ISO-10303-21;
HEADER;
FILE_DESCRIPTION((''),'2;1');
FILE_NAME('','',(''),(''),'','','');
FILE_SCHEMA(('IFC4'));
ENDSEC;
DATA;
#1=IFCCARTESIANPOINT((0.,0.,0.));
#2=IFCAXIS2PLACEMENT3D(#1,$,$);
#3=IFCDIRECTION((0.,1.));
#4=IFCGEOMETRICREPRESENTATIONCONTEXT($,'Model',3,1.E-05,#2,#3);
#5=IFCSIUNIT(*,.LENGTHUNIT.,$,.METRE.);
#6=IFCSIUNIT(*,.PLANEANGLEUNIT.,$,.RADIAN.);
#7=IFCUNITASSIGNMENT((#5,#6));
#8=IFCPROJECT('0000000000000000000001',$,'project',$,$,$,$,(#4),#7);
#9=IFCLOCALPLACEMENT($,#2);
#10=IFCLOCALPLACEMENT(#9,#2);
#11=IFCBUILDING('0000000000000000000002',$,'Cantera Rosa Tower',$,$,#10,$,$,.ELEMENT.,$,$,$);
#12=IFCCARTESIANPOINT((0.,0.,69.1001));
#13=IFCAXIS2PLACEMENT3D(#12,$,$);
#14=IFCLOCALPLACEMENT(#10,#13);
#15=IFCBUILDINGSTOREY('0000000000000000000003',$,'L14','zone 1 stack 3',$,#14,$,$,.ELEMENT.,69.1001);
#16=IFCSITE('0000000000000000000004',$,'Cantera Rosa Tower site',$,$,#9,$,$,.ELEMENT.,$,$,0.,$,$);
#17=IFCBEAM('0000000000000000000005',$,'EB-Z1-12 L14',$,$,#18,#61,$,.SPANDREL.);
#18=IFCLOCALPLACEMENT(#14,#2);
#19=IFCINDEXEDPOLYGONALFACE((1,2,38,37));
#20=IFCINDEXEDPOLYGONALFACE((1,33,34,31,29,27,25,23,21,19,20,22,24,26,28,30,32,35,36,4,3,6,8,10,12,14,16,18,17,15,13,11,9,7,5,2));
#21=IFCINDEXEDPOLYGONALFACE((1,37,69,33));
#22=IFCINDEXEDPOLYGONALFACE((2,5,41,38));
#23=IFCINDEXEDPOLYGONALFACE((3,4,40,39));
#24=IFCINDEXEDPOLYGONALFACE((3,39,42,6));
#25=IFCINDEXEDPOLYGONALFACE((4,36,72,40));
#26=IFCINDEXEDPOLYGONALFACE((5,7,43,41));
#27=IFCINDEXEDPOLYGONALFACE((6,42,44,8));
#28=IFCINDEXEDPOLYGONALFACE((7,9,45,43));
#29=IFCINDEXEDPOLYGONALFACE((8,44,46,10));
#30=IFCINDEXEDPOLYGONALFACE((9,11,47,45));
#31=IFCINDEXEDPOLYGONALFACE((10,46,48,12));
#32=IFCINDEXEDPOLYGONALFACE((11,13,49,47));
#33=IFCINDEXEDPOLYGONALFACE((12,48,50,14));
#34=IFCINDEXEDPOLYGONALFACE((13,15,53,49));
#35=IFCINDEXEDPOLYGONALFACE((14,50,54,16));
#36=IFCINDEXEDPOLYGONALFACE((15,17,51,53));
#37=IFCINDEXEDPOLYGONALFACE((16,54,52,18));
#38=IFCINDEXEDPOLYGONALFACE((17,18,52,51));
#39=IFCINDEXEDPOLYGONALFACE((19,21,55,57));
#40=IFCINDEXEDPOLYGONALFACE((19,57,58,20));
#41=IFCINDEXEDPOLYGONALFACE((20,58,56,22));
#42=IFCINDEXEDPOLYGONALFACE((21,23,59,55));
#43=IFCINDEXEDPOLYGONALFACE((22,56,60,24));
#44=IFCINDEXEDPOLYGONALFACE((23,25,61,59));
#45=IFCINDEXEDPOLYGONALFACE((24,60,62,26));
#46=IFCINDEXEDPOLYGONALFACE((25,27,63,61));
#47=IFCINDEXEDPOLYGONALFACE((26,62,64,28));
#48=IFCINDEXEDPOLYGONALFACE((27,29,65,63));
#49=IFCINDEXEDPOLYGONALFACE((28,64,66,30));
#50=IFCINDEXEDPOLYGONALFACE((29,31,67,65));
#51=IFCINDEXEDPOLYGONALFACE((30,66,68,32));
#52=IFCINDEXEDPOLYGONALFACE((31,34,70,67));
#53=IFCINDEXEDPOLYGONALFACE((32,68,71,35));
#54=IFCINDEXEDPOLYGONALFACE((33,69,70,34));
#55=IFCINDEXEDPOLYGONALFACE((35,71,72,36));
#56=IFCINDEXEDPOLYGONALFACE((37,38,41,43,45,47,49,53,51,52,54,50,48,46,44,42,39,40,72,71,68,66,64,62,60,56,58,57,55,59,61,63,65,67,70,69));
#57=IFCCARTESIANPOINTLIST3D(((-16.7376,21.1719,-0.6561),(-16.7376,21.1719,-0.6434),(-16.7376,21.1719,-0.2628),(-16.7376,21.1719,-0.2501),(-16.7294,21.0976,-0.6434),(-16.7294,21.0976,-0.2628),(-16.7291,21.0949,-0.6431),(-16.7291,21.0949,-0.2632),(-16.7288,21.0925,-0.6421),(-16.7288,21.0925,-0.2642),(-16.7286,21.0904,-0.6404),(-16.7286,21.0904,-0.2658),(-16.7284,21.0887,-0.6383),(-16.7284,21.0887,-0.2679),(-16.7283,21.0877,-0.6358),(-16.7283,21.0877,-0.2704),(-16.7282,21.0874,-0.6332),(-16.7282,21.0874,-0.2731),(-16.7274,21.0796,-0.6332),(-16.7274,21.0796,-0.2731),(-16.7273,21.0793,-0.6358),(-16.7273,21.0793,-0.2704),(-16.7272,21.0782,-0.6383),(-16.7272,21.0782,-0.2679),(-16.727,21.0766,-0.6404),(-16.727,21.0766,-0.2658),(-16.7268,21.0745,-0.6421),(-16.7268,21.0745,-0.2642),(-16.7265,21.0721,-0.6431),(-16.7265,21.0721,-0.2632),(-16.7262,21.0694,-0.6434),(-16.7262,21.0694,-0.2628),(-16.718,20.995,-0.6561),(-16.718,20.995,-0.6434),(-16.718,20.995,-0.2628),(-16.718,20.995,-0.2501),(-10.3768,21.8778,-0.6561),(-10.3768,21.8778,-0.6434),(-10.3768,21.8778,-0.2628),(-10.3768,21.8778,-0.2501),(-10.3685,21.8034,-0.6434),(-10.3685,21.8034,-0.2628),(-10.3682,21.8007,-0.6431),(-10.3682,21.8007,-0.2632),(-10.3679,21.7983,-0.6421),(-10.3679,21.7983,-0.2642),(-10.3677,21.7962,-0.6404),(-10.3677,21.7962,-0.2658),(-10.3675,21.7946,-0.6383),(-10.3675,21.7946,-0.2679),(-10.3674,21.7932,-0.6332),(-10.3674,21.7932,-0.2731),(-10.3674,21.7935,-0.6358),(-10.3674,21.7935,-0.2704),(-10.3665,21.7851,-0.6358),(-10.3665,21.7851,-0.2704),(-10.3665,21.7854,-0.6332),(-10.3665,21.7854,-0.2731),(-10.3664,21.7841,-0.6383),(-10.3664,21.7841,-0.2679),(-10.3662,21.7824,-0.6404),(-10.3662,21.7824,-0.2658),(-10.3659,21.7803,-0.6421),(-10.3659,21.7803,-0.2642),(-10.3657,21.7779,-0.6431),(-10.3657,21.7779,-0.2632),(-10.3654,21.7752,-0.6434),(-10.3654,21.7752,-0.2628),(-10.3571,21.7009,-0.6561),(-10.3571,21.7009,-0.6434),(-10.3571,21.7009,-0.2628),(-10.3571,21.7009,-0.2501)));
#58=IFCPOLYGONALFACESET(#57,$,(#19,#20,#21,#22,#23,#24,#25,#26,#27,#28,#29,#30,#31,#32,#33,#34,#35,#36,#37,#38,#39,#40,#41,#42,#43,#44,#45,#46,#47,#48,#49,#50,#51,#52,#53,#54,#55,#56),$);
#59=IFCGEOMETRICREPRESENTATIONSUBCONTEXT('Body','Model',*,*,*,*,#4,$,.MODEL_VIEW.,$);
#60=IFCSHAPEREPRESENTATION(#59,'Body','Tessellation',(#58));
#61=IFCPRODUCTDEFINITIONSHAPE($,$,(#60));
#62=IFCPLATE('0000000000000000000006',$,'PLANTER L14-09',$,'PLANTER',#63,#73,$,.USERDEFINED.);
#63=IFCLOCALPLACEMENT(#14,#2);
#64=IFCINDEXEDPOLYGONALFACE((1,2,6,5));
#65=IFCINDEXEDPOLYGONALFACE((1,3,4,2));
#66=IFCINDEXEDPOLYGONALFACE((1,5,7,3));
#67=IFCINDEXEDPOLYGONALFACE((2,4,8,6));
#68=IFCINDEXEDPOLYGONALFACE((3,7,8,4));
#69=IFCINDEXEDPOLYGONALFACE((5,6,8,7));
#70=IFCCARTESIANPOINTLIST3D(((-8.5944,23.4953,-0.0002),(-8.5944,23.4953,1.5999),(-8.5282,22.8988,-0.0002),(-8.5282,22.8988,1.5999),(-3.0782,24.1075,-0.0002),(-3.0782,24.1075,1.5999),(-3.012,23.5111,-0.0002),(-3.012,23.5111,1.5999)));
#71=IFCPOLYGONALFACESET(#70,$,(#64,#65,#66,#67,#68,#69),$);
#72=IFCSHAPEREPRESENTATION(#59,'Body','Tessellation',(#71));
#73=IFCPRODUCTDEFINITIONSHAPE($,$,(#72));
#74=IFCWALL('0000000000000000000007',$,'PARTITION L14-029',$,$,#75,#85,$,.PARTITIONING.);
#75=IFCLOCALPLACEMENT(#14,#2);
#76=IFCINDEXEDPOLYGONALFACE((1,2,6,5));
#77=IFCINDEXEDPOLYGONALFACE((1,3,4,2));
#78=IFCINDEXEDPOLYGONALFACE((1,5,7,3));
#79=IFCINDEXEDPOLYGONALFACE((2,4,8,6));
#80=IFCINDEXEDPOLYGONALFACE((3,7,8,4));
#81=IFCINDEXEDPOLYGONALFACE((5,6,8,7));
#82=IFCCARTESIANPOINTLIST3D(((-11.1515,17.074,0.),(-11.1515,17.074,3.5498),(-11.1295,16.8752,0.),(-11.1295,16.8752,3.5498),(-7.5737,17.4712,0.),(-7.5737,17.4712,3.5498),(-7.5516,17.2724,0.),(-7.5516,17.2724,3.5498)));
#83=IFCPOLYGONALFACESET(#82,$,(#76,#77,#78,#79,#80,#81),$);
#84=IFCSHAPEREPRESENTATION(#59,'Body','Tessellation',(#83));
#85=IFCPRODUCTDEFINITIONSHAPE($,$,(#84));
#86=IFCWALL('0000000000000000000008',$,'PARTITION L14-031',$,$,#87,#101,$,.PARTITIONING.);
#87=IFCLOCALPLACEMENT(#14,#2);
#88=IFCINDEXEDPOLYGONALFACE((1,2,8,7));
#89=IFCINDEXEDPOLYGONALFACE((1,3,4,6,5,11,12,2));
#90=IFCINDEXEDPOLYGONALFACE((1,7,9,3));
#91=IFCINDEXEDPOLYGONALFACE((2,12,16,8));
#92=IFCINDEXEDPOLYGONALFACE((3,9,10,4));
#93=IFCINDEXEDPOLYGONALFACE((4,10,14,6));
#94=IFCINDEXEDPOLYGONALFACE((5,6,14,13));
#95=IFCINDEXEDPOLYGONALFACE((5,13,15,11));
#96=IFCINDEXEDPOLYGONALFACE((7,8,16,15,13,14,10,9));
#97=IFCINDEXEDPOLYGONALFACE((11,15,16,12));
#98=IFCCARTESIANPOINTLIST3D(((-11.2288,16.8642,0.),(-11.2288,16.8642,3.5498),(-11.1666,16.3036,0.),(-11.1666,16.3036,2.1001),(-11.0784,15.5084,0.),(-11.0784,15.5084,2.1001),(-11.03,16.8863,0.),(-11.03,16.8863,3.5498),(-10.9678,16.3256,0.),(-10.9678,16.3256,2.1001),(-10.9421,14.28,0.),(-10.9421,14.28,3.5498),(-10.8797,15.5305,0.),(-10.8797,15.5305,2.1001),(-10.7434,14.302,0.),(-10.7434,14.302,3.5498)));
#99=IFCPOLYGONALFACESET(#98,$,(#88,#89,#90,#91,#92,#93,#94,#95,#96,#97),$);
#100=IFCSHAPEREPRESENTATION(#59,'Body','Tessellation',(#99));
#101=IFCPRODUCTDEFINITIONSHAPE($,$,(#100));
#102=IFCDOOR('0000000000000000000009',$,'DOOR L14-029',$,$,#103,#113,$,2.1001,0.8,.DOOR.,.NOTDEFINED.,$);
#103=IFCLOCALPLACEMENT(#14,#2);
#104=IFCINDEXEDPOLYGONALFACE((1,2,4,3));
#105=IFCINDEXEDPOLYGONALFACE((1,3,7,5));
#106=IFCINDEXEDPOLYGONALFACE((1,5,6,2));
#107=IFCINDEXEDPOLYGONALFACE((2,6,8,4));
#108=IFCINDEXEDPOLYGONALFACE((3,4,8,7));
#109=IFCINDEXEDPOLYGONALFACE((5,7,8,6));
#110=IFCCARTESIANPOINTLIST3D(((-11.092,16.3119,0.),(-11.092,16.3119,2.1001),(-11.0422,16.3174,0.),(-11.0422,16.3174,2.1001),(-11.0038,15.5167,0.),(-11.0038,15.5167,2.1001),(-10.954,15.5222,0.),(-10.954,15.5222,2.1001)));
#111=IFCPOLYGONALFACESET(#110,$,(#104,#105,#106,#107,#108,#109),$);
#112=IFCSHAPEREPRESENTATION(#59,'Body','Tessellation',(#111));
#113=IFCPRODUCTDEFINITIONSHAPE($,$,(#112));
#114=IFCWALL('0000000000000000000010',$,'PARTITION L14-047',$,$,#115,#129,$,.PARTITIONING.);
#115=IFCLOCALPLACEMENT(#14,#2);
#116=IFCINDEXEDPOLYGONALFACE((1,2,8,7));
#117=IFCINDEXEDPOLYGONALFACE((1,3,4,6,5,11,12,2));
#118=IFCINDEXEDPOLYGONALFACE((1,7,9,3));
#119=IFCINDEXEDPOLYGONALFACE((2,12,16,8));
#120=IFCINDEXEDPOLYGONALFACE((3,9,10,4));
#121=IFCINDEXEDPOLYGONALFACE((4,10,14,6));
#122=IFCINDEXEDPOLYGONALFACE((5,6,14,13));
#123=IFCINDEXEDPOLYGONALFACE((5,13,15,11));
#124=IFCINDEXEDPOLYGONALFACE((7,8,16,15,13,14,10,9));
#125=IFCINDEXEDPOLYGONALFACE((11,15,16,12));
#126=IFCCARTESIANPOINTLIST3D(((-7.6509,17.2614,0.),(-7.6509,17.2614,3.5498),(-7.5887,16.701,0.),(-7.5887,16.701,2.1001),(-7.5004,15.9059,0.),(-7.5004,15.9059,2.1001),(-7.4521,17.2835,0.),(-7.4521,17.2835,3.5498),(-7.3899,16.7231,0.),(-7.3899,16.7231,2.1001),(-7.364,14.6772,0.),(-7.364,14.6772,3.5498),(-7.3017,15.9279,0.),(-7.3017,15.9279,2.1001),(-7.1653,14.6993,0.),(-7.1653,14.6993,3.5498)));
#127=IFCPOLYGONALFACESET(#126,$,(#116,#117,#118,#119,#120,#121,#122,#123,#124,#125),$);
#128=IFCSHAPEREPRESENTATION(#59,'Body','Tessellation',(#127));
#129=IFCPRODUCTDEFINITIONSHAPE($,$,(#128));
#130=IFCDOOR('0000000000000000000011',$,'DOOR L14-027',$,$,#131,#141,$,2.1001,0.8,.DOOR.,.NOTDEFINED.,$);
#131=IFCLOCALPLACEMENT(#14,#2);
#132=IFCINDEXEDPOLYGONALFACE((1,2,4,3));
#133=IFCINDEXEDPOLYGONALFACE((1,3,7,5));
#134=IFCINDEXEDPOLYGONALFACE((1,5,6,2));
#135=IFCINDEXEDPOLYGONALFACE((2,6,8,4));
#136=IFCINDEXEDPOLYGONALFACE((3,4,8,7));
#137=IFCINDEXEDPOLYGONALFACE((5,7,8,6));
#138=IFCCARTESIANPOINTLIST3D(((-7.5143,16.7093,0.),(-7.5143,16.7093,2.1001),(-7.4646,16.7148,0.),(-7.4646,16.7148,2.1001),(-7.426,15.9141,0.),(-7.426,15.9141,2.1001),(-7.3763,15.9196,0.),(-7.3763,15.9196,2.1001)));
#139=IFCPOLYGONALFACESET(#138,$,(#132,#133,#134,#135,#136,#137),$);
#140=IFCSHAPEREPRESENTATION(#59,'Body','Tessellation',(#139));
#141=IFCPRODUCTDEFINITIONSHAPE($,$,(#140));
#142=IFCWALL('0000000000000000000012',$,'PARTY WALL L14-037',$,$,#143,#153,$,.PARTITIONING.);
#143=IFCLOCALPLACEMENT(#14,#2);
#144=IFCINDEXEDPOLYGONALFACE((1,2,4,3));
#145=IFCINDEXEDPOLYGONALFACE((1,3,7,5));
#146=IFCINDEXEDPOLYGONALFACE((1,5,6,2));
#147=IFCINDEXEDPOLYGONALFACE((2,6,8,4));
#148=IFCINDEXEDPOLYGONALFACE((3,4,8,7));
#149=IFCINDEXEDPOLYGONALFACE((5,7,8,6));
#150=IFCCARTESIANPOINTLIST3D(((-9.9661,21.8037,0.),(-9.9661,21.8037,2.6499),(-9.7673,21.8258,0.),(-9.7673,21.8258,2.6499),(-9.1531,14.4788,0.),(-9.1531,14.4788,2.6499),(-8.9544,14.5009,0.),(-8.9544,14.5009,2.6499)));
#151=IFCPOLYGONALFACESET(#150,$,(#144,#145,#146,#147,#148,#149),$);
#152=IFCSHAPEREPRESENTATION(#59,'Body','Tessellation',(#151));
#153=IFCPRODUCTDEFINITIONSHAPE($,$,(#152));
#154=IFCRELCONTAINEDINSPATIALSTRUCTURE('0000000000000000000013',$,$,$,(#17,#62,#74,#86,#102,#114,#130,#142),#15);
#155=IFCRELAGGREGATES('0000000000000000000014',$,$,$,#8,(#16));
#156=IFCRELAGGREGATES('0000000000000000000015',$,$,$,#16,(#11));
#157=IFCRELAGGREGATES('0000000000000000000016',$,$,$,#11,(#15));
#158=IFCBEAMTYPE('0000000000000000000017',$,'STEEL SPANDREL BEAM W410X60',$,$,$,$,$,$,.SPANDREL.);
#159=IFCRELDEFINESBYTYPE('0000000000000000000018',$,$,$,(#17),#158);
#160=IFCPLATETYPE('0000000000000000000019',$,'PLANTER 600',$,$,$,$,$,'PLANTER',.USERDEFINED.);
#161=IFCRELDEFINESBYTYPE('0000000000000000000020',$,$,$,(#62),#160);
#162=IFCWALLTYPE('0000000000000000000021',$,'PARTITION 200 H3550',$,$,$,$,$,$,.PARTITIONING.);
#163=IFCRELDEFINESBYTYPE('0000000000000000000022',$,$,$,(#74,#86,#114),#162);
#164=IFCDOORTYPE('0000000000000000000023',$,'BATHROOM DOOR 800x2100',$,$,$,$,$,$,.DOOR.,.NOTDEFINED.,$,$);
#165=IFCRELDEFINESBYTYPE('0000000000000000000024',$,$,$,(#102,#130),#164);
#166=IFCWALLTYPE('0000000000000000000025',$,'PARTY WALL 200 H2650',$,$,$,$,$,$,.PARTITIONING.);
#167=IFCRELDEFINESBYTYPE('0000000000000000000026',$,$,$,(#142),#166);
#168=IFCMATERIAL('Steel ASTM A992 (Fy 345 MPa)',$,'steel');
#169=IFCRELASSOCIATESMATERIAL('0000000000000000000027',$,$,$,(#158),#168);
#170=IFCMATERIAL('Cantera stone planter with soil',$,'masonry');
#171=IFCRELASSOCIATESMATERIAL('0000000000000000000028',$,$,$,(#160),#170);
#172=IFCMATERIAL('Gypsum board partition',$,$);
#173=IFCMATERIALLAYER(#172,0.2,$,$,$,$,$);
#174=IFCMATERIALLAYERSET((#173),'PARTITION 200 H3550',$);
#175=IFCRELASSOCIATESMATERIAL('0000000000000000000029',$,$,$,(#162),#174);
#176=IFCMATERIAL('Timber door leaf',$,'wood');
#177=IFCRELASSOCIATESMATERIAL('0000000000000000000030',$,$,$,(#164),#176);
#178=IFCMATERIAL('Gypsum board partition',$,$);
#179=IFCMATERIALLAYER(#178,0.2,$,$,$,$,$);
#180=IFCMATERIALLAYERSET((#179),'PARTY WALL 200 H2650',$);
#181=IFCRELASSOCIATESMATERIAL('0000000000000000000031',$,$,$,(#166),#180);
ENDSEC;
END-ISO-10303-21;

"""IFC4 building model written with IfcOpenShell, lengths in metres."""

from ifc_helpers import new_model, si_unit, direction, frame, frame_2d, origin, origin_2d, place, context, subcontext, project, spatial, rectangle, i_section, extrude, material, layer, layer_set, material_profile, profile_set, type_object, element, fill, save


model = new_model("IFC4")

# Units and contexts
model_context = context("Model", 3, precision=1e-05, world=origin(), true_north=direction((0.0, 1.0)))
body_context = subcontext(model_context, "Body", "Model", "MODEL_VIEW")
ifc_project = project(units=[si_unit("LENGTHUNIT", "METRE"), si_unit("PLANEANGLEUNIT", "RADIAN")], contexts=[model_context])

# Site, building, storey
site_placement = place(None, origin())
site = spatial("IfcSite", under=ifc_project, at=site_placement, Name="Cantera Rosa Tower site", CompositionType="ELEMENT", RefElevation=0.0)
building_placement = place(site_placement, origin())
building = spatial("IfcBuilding", under=site, at=building_placement, Name="Cantera Rosa Tower", CompositionType="ELEMENT")
storey_placement = place(building_placement, frame((0.0, 0.0, 69.1001)))
storey = spatial("IfcBuildingStorey", under=building, at=storey_placement, Name="L14", Description="zone 1 stack 3", CompositionType="ELEMENT", Elevation=69.1001)

# Beam
ifc_material_1 = material(Name="Steel ASTM A992 (Fy 345 MPa)", Category="steel")
ifc_material_profile_1 = material_profile(ifc_material_1, i_section(OverallWidth=0.178, OverallDepth=0.406, WebThickness=0.0078, FlangeThickness=0.0127, FilletRadius=0.0103, at=origin_2d()), Name="W410X60")
ifc_profile_set_1 = profile_set([ifc_material_profile_1], Name="Steel ASTM A992 (Fy 345 MPa)")
beam_type_1 = type_object("IfcBeamType", Name="STEEL SPANDREL BEAM W410X60", PredefinedType="SPANDREL", material=ifc_profile_set_1)
beam_1_placement = place(storey_placement, frame((-10.3669, 21.7893, -0.4531), z_axis=(-0.9939, -0.110285, 0.0), x_axis=(0.110285, -0.9939, 0.0)))
element("IfcBeam", 1, at=beam_1_placement, inside=storey, type_object=beam_type_1, Name="EB-Z1-12 L14", PredefinedType="SPANDREL", context=body_context, shape_type="SweptSolid", body=[
    extrude(i_section(OverallWidth=0.178, OverallDepth=0.406, WebThickness=0.0078, FlangeThickness=0.0127, FilletRadius=0.0103, at=origin_2d()), origin(), (0.0, 0.0, 1.0), 6.3999),
])

# Plate
ifc_material_2 = material(Name="Cantera stone planter with soil", Category="masonry")
plate_type = type_object("IfcPlateType", Name="PLANTER 600", ElementType="PLANTER", PredefinedType="USERDEFINED", material=ifc_material_2)
plate_placement = place(storey_placement, frame((-5.8032, 23.5032, -0.0002), z_axis=(0.0, 0.0, 1.0), x_axis=(-0.993897, -0.110313, 0.0)))
element("IfcPlate", 2, at=plate_placement, inside=storey, type_object=plate_type, Name="PLANTER L14-09", ObjectType="PLANTER", PredefinedType="USERDEFINED", context=body_context, shape_type="SweptSolid", body=[
    extrude(rectangle(XDim=5.55, YDim=0.6001, at=origin_2d()), origin(), (0.0, 0.0, 1.0), 1.6001),
])

# Wall
ifc_material_3 = material(Name="Gypsum board partition")
ifc_layer_1 = layer(ifc_material_3, 0.2)
ifc_layer_set_1 = layer_set([ifc_layer_1], Name="PARTITION 200 H3550")
wall_type_1 = type_object("IfcWallType", Name="PARTITION 200 H3550", PredefinedType="PARTITIONING", material=ifc_layer_set_1)
wall_1_placement = place(storey_placement, frame((-11.1404, 16.9746, 0.0), z_axis=(0.0, 0.0, 1.0), x_axis=(0.993894, 0.110342, 0.0)))
element("IfcWall", 3, at=wall_1_placement, inside=storey, type_object=wall_type_1, Name="PARTITION L14-029", PredefinedType="PARTITIONING", context=body_context, shape_type="SweptSolid", body=[
    extrude(rectangle(XDim=3.5999, YDim=0.2, at=frame_2d((1.7998, 0.0))), origin(), (0.0, 0.0, 1.0), 3.5498),
])

# Walls, openings, doors
wall_2_placement = place(storey_placement, frame((-10.8428, 14.291, 0.0), z_axis=(0.0, 0.0, 1.0), x_axis=(-0.110236, 0.993905, 0.0)))
wall_2 = element("IfcWall", 4, at=wall_2_placement, inside=storey, type_object=wall_type_1, Name="PARTITION L14-031", PredefinedType="PARTITIONING", context=body_context, shape_type="SweptSolid", body=[
    extrude(rectangle(XDim=2.6001, YDim=0.2, at=frame_2d((1.3, 0.0))), origin(), (0.0, 0.0, 1.0), 3.5498),
])
opening_1_placement = place(wall_2_placement, frame((1.2361, 0.0, 0.0)))
opening_1 = element("IfcOpeningElement", 5, at=opening_1_placement, cuts=wall_2, PredefinedType="OPENING", context=body_context, shape_type="SweptSolid", body=[
    extrude(rectangle(XDim=0.8, YDim=2.1001, at=frame_2d((0.3999, 1.05))), frame((0.0, 0.1099, 0.0), z_axis=(0.0, -1.0, 0.0), x_axis=(1.0, 0.0, 0.0)), (0.0, 0.0, 1.0), 0.22),
])
ifc_material_4 = material(Name="Timber door leaf", Category="wood")
door_type_1 = type_object("IfcDoorType", Name="BATHROOM DOOR 800x2100", OperationType="NOTDEFINED", PredefinedType="DOOR", material=ifc_material_4)
door_1_placement = place(opening_1_placement, origin())
door_1 = element("IfcDoor", 6, at=door_1_placement, inside=storey, type_object=door_type_1, Name="DOOR L14-029", OperationType="NOTDEFINED", OverallHeight=2.1001, OverallWidth=0.8, PredefinedType="DOOR", context=body_context, shape_type="SweptSolid", body=[
    extrude(rectangle(XDim=0.8, YDim=2.1001, at=frame_2d((0.3999, 1.05))), frame((0.0, 0.0249, 0.0), z_axis=(0.0, -1.0, 0.0), x_axis=(1.0, 0.0, 0.0)), (0.0, 0.0, 1.0), 0.05),
])
fill(opening_1, door_1)
wall_3_placement = place(storey_placement, frame((-7.5515, 17.2725, 0.0), z_axis=(0.0, 0.0, 1.0), x_axis=(0.110328, -0.993895, 0.0)))
wall_3 = element("IfcWall", 7, at=wall_3_placement, inside=storey, type_object=wall_type_1, Name="PARTITION L14-047", PredefinedType="PARTITIONING", context=body_context, shape_type="SweptSolid", body=[
    extrude(rectangle(XDim=2.6001, YDim=0.2, at=frame_2d((1.3, 0.0))), origin(), (0.0, 0.0, 1.0), 3.5498),
])
opening_2_placement = place(wall_3_placement, frame((0.564, 0.0, 0.0)))
opening_2 = element("IfcOpeningElement", 8, at=opening_2_placement, cuts=wall_3, PredefinedType="OPENING", context=body_context, shape_type="SweptSolid", body=[
    extrude(rectangle(XDim=0.8, YDim=2.1001, at=frame_2d((0.3999, 1.05))), frame((0.0, 0.1099, 0.0), z_axis=(0.0, -1.0, 0.0), x_axis=(1.0, 0.0, 0.0)), (0.0, 0.0, 1.0), 0.22),
])
door_2_placement = place(opening_2_placement, origin())
door_2 = element("IfcDoor", 9, at=door_2_placement, inside=storey, type_object=door_type_1, Name="DOOR L14-027", OperationType="NOTDEFINED", OverallHeight=2.1001, OverallWidth=0.8, PredefinedType="DOOR", context=body_context, shape_type="SweptSolid", body=[
    extrude(rectangle(XDim=0.8, YDim=2.1001, at=frame_2d((0.3999, 1.05))), frame((0.0, 0.0249, 0.0), z_axis=(0.0, -1.0, 0.0), x_axis=(1.0, 0.0, 0.0)), (0.0, 0.0, 1.0), 0.05),
])
fill(opening_2, door_2)

# Wall
ifc_material_5 = material(Name="Gypsum board partition")
ifc_layer_2 = layer(ifc_material_5, 0.2)
ifc_layer_set_2 = layer_set([ifc_layer_2], Name="PARTY WALL 200 H2650")
wall_type_2 = type_object("IfcWallType", Name="PARTY WALL 200 H2650", PredefinedType="PARTITIONING", material=ifc_layer_set_2)
wall_4_placement = place(storey_placement, frame((-9.0537, 14.4897, 0.0), z_axis=(0.0, 0.0, 1.0), x_axis=(-0.110312, 0.993897, 0.0)))
element("IfcWall", 10, at=wall_4_placement, inside=storey, type_object=wall_type_2, Name="PARTY WALL L14-037", PredefinedType="PARTITIONING", context=body_context, shape_type="SweptSolid", body=[
    extrude(rectangle(XDim=7.3699, YDim=0.2, at=frame_2d((3.6851, 0.0))), origin(), (0.0, 0.0, 1.0), 2.6499),
])

save(model, "model.ifc")
